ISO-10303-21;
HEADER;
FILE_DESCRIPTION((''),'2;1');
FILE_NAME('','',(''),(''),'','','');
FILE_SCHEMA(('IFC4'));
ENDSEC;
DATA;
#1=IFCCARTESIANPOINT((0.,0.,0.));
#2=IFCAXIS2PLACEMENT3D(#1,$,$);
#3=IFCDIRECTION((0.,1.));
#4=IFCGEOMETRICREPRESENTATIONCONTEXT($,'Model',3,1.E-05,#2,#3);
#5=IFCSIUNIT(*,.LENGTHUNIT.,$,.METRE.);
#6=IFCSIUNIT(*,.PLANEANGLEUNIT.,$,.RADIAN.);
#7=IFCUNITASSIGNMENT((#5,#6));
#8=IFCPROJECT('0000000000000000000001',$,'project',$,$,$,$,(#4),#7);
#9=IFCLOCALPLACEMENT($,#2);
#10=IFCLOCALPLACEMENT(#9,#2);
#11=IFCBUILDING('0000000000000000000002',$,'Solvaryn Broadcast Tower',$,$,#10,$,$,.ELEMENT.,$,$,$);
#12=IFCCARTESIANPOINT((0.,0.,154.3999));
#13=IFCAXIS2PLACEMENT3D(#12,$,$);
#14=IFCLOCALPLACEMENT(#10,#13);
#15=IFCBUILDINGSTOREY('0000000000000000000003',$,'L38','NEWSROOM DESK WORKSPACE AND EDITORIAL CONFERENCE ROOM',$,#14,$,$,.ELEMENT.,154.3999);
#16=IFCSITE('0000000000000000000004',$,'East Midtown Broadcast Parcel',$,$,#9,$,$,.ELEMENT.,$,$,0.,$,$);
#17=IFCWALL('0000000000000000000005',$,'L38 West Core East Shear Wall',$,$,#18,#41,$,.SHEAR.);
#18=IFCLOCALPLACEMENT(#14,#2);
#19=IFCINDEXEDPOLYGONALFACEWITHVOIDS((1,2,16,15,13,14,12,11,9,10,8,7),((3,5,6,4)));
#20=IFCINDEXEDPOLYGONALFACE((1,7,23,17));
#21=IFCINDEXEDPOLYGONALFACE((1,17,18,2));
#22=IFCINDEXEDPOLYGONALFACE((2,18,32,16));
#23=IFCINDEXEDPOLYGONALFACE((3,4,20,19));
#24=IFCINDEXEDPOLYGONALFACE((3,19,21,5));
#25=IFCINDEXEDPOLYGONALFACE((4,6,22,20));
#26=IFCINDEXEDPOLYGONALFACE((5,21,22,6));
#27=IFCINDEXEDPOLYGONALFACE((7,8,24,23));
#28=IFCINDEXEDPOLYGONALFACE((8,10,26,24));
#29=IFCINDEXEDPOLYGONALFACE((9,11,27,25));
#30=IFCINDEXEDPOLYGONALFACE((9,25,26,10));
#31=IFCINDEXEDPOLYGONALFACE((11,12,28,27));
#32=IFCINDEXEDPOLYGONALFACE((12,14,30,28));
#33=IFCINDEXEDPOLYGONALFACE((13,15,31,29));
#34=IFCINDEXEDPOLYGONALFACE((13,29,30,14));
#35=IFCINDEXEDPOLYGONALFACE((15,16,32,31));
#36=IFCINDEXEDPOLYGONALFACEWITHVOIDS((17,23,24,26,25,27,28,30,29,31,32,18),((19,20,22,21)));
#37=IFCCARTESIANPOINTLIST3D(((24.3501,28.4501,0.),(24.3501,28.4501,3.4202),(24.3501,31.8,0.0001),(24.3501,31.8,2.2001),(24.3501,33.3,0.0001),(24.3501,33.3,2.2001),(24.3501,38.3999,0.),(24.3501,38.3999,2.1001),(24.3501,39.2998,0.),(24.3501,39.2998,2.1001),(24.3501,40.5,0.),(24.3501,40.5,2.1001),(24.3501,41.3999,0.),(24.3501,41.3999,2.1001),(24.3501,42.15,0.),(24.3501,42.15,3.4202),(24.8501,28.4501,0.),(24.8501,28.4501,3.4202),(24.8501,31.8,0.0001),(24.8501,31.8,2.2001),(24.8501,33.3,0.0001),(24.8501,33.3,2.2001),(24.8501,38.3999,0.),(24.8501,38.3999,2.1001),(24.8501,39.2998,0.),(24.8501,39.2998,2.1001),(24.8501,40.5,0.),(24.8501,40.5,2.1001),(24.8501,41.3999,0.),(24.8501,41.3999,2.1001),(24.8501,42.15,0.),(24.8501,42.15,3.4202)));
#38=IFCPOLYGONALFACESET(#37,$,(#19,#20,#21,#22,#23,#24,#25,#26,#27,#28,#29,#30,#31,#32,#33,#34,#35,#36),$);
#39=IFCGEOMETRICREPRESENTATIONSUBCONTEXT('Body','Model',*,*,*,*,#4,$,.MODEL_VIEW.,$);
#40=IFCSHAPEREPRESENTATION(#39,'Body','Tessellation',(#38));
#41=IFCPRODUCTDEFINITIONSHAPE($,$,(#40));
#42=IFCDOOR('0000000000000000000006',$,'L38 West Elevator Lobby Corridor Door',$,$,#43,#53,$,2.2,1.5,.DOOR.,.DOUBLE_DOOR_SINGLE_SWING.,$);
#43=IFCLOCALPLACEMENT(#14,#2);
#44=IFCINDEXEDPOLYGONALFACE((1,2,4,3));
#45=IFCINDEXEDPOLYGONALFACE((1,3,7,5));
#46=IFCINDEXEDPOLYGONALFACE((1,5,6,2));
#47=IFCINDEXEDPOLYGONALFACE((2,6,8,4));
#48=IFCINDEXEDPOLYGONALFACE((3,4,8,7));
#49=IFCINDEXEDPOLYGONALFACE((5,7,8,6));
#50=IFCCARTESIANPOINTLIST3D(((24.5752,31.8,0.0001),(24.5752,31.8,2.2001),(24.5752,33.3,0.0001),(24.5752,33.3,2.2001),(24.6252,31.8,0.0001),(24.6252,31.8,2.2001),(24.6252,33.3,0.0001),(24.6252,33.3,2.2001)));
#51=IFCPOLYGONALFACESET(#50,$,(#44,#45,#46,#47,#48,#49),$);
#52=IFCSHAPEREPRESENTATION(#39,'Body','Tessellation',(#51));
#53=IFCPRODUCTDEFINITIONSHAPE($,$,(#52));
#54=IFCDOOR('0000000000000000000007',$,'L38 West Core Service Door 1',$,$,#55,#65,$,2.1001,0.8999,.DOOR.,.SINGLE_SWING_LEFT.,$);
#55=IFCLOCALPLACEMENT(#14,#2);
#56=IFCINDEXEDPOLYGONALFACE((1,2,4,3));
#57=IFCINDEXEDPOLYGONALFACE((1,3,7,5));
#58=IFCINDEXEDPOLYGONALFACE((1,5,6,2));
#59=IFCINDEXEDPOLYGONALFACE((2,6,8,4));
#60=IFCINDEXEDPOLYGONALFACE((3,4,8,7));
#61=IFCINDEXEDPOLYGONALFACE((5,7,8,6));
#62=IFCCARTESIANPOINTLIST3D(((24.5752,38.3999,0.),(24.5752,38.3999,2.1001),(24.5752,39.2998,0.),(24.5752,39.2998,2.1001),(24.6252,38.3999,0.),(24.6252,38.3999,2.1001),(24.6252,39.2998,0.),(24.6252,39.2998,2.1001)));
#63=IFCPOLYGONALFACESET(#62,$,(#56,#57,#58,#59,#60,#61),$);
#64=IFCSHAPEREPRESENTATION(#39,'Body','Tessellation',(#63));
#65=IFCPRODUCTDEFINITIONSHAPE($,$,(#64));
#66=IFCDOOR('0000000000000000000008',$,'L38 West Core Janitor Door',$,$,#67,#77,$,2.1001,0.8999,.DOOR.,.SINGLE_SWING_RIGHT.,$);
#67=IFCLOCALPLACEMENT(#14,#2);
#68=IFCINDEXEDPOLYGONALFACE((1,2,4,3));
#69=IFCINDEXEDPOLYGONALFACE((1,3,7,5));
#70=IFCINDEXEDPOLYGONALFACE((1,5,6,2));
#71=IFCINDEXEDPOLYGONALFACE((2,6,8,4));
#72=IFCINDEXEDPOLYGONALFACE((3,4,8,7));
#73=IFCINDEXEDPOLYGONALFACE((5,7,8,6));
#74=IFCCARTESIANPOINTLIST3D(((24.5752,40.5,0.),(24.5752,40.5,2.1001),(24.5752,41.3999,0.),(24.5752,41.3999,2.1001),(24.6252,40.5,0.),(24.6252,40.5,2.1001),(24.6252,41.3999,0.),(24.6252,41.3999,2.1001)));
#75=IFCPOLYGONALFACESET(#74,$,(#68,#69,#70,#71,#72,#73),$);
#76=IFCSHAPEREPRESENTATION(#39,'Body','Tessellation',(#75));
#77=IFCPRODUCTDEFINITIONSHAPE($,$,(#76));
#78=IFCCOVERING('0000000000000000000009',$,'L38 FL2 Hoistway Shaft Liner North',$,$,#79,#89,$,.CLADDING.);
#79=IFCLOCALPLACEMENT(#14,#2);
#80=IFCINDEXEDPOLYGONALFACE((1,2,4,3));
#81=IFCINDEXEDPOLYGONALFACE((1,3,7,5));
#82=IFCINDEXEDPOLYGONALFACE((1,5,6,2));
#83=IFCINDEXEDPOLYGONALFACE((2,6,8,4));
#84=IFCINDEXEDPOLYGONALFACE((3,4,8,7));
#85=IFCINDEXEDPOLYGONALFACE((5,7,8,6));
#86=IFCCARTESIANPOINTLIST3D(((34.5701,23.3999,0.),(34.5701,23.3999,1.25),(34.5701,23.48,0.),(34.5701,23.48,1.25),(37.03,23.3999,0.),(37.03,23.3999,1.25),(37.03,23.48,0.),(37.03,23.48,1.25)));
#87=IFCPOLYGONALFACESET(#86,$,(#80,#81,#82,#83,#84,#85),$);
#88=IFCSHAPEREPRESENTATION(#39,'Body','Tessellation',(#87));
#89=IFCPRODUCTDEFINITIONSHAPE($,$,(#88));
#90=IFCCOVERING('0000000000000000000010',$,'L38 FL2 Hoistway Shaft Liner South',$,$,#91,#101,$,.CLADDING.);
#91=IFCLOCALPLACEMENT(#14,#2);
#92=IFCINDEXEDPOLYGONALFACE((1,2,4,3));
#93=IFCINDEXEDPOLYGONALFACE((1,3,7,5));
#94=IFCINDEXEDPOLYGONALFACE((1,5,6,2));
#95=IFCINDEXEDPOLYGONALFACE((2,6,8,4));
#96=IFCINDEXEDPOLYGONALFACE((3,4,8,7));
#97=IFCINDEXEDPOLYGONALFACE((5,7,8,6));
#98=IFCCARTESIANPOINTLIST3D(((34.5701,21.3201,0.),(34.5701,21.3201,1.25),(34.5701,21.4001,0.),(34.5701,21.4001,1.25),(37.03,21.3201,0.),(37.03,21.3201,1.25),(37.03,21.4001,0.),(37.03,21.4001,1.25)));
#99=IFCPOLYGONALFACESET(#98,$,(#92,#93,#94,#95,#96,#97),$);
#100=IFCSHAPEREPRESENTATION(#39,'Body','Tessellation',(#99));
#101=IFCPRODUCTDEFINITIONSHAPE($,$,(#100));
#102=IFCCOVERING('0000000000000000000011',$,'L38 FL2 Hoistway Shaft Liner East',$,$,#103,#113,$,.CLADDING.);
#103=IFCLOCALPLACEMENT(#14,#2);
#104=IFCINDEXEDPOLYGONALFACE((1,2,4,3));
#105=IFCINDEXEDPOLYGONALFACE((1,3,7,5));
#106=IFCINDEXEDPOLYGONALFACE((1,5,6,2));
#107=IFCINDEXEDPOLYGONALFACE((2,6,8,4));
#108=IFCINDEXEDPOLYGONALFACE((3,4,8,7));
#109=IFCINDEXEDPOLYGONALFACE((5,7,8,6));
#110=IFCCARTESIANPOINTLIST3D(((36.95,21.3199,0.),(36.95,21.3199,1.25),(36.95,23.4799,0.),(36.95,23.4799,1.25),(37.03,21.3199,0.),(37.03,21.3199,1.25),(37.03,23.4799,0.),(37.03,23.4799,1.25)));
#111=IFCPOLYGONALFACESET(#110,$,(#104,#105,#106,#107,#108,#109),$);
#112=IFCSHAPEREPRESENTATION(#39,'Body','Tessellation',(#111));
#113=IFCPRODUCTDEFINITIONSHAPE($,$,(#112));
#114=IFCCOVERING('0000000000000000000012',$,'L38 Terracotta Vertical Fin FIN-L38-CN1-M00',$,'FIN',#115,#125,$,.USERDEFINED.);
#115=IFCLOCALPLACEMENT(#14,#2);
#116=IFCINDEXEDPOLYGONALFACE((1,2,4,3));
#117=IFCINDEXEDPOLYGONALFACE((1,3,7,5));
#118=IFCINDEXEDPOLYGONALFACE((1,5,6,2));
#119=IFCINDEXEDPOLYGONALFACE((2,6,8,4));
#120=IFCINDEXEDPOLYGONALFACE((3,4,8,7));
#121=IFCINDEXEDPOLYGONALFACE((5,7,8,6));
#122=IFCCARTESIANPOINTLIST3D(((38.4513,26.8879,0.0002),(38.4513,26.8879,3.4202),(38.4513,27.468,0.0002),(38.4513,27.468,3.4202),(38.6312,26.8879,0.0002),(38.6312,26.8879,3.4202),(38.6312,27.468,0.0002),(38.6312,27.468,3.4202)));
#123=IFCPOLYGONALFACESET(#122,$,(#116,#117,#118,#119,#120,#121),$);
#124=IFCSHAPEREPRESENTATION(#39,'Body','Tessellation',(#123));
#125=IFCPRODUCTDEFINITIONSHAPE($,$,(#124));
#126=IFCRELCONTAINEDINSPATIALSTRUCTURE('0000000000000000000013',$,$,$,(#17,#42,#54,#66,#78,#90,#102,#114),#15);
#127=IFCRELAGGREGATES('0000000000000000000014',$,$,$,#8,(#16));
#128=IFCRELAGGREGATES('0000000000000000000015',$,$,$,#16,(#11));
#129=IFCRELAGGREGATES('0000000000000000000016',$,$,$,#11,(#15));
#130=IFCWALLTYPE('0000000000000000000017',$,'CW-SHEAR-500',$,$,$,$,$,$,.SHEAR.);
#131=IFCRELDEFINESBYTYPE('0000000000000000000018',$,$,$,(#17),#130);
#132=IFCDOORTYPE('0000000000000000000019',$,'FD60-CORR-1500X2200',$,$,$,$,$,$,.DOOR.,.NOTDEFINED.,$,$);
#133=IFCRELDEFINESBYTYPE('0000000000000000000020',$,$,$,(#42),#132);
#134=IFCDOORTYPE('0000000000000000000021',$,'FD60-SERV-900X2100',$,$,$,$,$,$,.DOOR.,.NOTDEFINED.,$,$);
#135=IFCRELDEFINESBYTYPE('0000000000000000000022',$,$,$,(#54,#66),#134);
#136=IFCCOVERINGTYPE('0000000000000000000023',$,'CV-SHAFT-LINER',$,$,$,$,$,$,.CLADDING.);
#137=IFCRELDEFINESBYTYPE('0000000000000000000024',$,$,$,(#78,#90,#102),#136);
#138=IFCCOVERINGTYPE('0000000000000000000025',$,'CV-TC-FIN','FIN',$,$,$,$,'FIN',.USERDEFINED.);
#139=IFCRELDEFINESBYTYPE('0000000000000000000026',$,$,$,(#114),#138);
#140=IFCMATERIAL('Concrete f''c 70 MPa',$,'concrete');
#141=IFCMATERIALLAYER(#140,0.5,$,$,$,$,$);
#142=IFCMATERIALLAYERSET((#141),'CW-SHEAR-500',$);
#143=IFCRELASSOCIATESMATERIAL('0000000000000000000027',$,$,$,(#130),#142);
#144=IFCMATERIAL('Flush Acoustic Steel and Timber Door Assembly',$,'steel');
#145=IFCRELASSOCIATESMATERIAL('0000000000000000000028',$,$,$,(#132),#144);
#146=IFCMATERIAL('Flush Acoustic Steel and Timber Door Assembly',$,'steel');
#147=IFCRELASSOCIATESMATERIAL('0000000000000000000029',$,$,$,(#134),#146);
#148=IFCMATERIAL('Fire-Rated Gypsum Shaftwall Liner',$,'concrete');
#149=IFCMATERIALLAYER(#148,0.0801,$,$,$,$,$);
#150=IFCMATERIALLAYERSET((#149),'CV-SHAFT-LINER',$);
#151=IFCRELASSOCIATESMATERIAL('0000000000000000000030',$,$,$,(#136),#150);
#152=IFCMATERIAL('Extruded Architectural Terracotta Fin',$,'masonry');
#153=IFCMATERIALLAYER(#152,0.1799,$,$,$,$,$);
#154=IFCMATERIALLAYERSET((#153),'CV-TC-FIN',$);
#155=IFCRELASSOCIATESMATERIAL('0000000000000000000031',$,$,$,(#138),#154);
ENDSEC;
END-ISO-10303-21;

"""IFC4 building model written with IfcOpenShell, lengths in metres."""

from ifc_helpers import new_model, si_unit, direction, frame, frame_2d, origin, origin_2d, place, context, subcontext, project, spatial, rectangle, extrude, material, layer, layer_set, type_object, element, fill, save


model = new_model("IFC4")

# Units and contexts
model_context = context("Model", 3, precision=1e-05, world=origin(), true_north=direction((0.0, 1.0)))
body_context = subcontext(model_context, "Body", "Model", "MODEL_VIEW")
ifc_project = project(units=[si_unit("LENGTHUNIT", "METRE"), si_unit("PLANEANGLEUNIT", "RADIAN")], contexts=[model_context])

# Site, building, storey
site_placement = place(None, origin())
site = spatial("IfcSite", under=ifc_project, at=site_placement, Name="East Midtown Broadcast Parcel", CompositionType="ELEMENT", RefElevation=0.0)
building_placement = place(site_placement, origin())
building = spatial("IfcBuilding", under=site, at=building_placement, Name="Solvaryn Broadcast Tower", CompositionType="ELEMENT")
storey_placement = place(building_placement, frame((0.0, 0.0, 154.3999)))
storey = spatial("IfcBuildingStorey", under=building, at=storey_placement, Name="L38", Description="NEWSROOM DESK WORKSPACE AND EDITORIAL CONFERENCE ROOM", CompositionType="ELEMENT", Elevation=154.3999)

# Wall, openings, doors
ifc_material_1 = material(Name="Concrete f'c 70 MPa", Category="concrete")
ifc_layer_1 = layer(ifc_material_1, 0.5)
ifc_layer_set_1 = layer_set([ifc_layer_1], Name="CW-SHEAR-500")
wall_type_1 = type_object("IfcWallType", Name="CW-SHEAR-500", PredefinedType="SHEAR", material=ifc_layer_set_1)
wall_1_placement = place(storey_placement, frame((24.6001, 28.45, 0.0), z_axis=(0.0, 0.0, 1.0), x_axis=(0.0, 1.0, 0.0)))
wall_1 = element("IfcWall", 1, at=wall_1_placement, inside=storey, type_object=wall_type_1, Name="L38 West Core East Shear Wall", PredefinedType="SHEAR", context=body_context, shape_type="SweptSolid", body=[
    extrude(rectangle(XDim=13.7, YDim=0.5, at=frame_2d((6.8501, 0.0))), origin(), (0.0, 0.0, 1.0), 3.4202),
])
opening_1_placement = place(wall_1_placement, frame((3.3501, 0.0, 0.0)))
opening_1 = element("IfcOpeningElement", 2, at=opening_1_placement, cuts=wall_1, PredefinedType="OPENING", context=body_context, shape_type="SweptSolid", body=[
    extrude(rectangle(XDim=1.5, YDim=2.2, at=frame_2d((0.75, 1.1001))), frame((0.0, 0.26, 0.0), z_axis=(0.0, -1.0, 0.0), x_axis=(1.0, 0.0, 0.0)), (0.0, 0.0, 1.0), 0.52),
])
opening_2_placement = place(wall_1_placement, frame((9.95, 0.0, 0.0)))
opening_2 = element("IfcOpeningElement", 3, at=opening_2_placement, cuts=wall_1, PredefinedType="OPENING", context=body_context, shape_type="SweptSolid", body=[
    extrude(rectangle(XDim=0.8999, YDim=2.1001, at=frame_2d((0.45, 1.05))), frame((0.0, 0.26, 0.0), z_axis=(0.0, -1.0, 0.0), x_axis=(1.0, 0.0, 0.0)), (0.0, 0.0, 1.0), 0.52),
])
opening_3_placement = place(wall_1_placement, frame((12.05, 0.0, 0.0)))
opening_3 = element("IfcOpeningElement", 4, at=opening_3_placement, cuts=wall_1, PredefinedType="OPENING", context=body_context, shape_type="SweptSolid", body=[
    extrude(rectangle(XDim=0.8999, YDim=2.1001, at=frame_2d((0.45, 1.05))), frame((0.0, 0.26, 0.0), z_axis=(0.0, -1.0, 0.0), x_axis=(1.0, 0.0, 0.0)), (0.0, 0.0, 1.0), 0.52),
])
ifc_material_2 = material(Name="Flush Acoustic Steel and Timber Door Assembly", Category="steel")
door_type_1 = type_object("IfcDoorType", Name="FD60-CORR-1500X2200", OperationType="NOTDEFINED", PredefinedType="DOOR", material=ifc_material_2)
door_1_placement = place(opening_1_placement, origin())
door_1 = element("IfcDoor", 5, at=door_1_placement, inside=storey, type_object=door_type_1, Name="L38 West Elevator Lobby Corridor Door", OperationType="DOUBLE_DOOR_SINGLE_SWING", OverallHeight=2.2, OverallWidth=1.5, PredefinedType="DOOR", context=body_context, shape_type="SweptSolid", body=[
    extrude(rectangle(XDim=1.5, YDim=2.2, at=frame_2d((0.75, 1.1001))), frame((0.0, 0.0249, 0.0), z_axis=(0.0, -1.0, 0.0), x_axis=(1.0, 0.0, 0.0)), (0.0, 0.0, 1.0), 0.05),
])
fill(opening_1, door_1)
ifc_material_3 = material(Name="Flush Acoustic Steel and Timber Door Assembly", Category="steel")
door_type_2 = type_object("IfcDoorType", Name="FD60-SERV-900X2100", OperationType="NOTDEFINED", PredefinedType="DOOR", material=ifc_material_3)
door_2_placement = place(opening_2_placement, origin())
door_2 = element("IfcDoor", 6, at=door_2_placement, inside=storey, type_object=door_type_2, Name="L38 West Core Service Door 1", OperationType="SINGLE_SWING_LEFT", OverallHeight=2.1001, OverallWidth=0.8999, PredefinedType="DOOR", context=body_context, shape_type="SweptSolid", body=[
    extrude(rectangle(XDim=0.8999, YDim=2.1001, at=frame_2d((0.45, 1.05))), frame((0.0, 0.0249, 0.0), z_axis=(0.0, -1.0, 0.0), x_axis=(1.0, 0.0, 0.0)), (0.0, 0.0, 1.0), 0.05),
])
fill(opening_2, door_2)
door_3_placement = place(opening_3_placement, origin())
door_3 = element("IfcDoor", 7, at=door_3_placement, inside=storey, type_object=door_type_2, Name="L38 West Core Janitor Door", OperationType="SINGLE_SWING_RIGHT", OverallHeight=2.1001, OverallWidth=0.8999, PredefinedType="DOOR", context=body_context, shape_type="SweptSolid", body=[
    extrude(rectangle(XDim=0.8999, YDim=2.1001, at=frame_2d((0.45, 1.05))), frame((0.0, 0.0249, 0.0), z_axis=(0.0, -1.0, 0.0), x_axis=(1.0, 0.0, 0.0)), (0.0, 0.0, 1.0), 0.05),
])
fill(opening_3, door_3)

# Coverings
ifc_material_4 = material(Name="Fire-Rated Gypsum Shaftwall Liner", Category="concrete")
ifc_layer_2 = layer(ifc_material_4, 0.0801)
ifc_layer_set_2 = layer_set([ifc_layer_2], Name="CV-SHAFT-LINER")
covering_type_1 = type_object("IfcCoveringType", Name="CV-SHAFT-LINER", PredefinedType="CLADDING", material=ifc_layer_set_2)
for number, where, z_axis, x_axis, name in (
    (8, (35.8, 23.4399, 0.0), (0.0, 0.0, 1.0), (1.0, 0.0, 0.0), "L38 FL2 Hoistway Shaft Liner North"),
    (9, (35.8, 21.3601, 0.0), (0.0, 0.0, 1.0), (1.0, 0.0, 0.0), "L38 FL2 Hoistway Shaft Liner South"),
):
    element("IfcCovering", number, at=place(storey_placement, frame(where, z_axis=z_axis, x_axis=x_axis)), inside=storey, type_object=covering_type_1, Name=name, PredefinedType="CLADDING", context=body_context, shape_type="SweptSolid", body=[
        extrude(rectangle(XDim=2.46, YDim=0.0801, at=origin_2d()), origin(), (0.0, 0.0, 1.0), 1.25),
    ])
covering_1_placement = place(storey_placement, frame((36.99, 22.3999, 0.0), z_axis=(0.0, 0.0, 1.0), x_axis=(1.0, 0.0, 0.0)))
element("IfcCovering", 10, at=covering_1_placement, inside=storey, type_object=covering_type_1, Name="L38 FL2 Hoistway Shaft Liner East", PredefinedType="CLADDING", context=body_context, shape_type="SweptSolid", body=[
    extrude(rectangle(XDim=0.0801, YDim=2.1599, at=origin_2d()), origin(), (0.0, 0.0, 1.0), 1.25),
])
ifc_material_5 = material(Name="Extruded Architectural Terracotta Fin", Category="masonry")
ifc_layer_3 = layer(ifc_material_5, 0.1799)
ifc_layer_set_3 = layer_set([ifc_layer_3], Name="CV-TC-FIN")
covering_type_2 = type_object("IfcCoveringType", Name="CV-TC-FIN", Description="FIN", ElementType="FIN", PredefinedType="USERDEFINED", material=ifc_layer_set_3)
covering_2_placement = place(storey_placement, frame((38.5413, 27.178, 0.0002), z_axis=(0.0, 0.0, 1.0), x_axis=(1.0, 0.0, 0.0)))
element("IfcCovering", 11, at=covering_2_placement, inside=storey, type_object=covering_type_2, Name="L38 Terracotta Vertical Fin FIN-L38-CN1-M00", ObjectType="FIN", PredefinedType="USERDEFINED", context=body_context, shape_type="SweptSolid", body=[
    extrude(rectangle(XDim=0.1799, YDim=0.5801, at=origin_2d()), origin(), (0.0, 0.0, 1.0), 3.4199),
])

save(model, "model.ifc")
